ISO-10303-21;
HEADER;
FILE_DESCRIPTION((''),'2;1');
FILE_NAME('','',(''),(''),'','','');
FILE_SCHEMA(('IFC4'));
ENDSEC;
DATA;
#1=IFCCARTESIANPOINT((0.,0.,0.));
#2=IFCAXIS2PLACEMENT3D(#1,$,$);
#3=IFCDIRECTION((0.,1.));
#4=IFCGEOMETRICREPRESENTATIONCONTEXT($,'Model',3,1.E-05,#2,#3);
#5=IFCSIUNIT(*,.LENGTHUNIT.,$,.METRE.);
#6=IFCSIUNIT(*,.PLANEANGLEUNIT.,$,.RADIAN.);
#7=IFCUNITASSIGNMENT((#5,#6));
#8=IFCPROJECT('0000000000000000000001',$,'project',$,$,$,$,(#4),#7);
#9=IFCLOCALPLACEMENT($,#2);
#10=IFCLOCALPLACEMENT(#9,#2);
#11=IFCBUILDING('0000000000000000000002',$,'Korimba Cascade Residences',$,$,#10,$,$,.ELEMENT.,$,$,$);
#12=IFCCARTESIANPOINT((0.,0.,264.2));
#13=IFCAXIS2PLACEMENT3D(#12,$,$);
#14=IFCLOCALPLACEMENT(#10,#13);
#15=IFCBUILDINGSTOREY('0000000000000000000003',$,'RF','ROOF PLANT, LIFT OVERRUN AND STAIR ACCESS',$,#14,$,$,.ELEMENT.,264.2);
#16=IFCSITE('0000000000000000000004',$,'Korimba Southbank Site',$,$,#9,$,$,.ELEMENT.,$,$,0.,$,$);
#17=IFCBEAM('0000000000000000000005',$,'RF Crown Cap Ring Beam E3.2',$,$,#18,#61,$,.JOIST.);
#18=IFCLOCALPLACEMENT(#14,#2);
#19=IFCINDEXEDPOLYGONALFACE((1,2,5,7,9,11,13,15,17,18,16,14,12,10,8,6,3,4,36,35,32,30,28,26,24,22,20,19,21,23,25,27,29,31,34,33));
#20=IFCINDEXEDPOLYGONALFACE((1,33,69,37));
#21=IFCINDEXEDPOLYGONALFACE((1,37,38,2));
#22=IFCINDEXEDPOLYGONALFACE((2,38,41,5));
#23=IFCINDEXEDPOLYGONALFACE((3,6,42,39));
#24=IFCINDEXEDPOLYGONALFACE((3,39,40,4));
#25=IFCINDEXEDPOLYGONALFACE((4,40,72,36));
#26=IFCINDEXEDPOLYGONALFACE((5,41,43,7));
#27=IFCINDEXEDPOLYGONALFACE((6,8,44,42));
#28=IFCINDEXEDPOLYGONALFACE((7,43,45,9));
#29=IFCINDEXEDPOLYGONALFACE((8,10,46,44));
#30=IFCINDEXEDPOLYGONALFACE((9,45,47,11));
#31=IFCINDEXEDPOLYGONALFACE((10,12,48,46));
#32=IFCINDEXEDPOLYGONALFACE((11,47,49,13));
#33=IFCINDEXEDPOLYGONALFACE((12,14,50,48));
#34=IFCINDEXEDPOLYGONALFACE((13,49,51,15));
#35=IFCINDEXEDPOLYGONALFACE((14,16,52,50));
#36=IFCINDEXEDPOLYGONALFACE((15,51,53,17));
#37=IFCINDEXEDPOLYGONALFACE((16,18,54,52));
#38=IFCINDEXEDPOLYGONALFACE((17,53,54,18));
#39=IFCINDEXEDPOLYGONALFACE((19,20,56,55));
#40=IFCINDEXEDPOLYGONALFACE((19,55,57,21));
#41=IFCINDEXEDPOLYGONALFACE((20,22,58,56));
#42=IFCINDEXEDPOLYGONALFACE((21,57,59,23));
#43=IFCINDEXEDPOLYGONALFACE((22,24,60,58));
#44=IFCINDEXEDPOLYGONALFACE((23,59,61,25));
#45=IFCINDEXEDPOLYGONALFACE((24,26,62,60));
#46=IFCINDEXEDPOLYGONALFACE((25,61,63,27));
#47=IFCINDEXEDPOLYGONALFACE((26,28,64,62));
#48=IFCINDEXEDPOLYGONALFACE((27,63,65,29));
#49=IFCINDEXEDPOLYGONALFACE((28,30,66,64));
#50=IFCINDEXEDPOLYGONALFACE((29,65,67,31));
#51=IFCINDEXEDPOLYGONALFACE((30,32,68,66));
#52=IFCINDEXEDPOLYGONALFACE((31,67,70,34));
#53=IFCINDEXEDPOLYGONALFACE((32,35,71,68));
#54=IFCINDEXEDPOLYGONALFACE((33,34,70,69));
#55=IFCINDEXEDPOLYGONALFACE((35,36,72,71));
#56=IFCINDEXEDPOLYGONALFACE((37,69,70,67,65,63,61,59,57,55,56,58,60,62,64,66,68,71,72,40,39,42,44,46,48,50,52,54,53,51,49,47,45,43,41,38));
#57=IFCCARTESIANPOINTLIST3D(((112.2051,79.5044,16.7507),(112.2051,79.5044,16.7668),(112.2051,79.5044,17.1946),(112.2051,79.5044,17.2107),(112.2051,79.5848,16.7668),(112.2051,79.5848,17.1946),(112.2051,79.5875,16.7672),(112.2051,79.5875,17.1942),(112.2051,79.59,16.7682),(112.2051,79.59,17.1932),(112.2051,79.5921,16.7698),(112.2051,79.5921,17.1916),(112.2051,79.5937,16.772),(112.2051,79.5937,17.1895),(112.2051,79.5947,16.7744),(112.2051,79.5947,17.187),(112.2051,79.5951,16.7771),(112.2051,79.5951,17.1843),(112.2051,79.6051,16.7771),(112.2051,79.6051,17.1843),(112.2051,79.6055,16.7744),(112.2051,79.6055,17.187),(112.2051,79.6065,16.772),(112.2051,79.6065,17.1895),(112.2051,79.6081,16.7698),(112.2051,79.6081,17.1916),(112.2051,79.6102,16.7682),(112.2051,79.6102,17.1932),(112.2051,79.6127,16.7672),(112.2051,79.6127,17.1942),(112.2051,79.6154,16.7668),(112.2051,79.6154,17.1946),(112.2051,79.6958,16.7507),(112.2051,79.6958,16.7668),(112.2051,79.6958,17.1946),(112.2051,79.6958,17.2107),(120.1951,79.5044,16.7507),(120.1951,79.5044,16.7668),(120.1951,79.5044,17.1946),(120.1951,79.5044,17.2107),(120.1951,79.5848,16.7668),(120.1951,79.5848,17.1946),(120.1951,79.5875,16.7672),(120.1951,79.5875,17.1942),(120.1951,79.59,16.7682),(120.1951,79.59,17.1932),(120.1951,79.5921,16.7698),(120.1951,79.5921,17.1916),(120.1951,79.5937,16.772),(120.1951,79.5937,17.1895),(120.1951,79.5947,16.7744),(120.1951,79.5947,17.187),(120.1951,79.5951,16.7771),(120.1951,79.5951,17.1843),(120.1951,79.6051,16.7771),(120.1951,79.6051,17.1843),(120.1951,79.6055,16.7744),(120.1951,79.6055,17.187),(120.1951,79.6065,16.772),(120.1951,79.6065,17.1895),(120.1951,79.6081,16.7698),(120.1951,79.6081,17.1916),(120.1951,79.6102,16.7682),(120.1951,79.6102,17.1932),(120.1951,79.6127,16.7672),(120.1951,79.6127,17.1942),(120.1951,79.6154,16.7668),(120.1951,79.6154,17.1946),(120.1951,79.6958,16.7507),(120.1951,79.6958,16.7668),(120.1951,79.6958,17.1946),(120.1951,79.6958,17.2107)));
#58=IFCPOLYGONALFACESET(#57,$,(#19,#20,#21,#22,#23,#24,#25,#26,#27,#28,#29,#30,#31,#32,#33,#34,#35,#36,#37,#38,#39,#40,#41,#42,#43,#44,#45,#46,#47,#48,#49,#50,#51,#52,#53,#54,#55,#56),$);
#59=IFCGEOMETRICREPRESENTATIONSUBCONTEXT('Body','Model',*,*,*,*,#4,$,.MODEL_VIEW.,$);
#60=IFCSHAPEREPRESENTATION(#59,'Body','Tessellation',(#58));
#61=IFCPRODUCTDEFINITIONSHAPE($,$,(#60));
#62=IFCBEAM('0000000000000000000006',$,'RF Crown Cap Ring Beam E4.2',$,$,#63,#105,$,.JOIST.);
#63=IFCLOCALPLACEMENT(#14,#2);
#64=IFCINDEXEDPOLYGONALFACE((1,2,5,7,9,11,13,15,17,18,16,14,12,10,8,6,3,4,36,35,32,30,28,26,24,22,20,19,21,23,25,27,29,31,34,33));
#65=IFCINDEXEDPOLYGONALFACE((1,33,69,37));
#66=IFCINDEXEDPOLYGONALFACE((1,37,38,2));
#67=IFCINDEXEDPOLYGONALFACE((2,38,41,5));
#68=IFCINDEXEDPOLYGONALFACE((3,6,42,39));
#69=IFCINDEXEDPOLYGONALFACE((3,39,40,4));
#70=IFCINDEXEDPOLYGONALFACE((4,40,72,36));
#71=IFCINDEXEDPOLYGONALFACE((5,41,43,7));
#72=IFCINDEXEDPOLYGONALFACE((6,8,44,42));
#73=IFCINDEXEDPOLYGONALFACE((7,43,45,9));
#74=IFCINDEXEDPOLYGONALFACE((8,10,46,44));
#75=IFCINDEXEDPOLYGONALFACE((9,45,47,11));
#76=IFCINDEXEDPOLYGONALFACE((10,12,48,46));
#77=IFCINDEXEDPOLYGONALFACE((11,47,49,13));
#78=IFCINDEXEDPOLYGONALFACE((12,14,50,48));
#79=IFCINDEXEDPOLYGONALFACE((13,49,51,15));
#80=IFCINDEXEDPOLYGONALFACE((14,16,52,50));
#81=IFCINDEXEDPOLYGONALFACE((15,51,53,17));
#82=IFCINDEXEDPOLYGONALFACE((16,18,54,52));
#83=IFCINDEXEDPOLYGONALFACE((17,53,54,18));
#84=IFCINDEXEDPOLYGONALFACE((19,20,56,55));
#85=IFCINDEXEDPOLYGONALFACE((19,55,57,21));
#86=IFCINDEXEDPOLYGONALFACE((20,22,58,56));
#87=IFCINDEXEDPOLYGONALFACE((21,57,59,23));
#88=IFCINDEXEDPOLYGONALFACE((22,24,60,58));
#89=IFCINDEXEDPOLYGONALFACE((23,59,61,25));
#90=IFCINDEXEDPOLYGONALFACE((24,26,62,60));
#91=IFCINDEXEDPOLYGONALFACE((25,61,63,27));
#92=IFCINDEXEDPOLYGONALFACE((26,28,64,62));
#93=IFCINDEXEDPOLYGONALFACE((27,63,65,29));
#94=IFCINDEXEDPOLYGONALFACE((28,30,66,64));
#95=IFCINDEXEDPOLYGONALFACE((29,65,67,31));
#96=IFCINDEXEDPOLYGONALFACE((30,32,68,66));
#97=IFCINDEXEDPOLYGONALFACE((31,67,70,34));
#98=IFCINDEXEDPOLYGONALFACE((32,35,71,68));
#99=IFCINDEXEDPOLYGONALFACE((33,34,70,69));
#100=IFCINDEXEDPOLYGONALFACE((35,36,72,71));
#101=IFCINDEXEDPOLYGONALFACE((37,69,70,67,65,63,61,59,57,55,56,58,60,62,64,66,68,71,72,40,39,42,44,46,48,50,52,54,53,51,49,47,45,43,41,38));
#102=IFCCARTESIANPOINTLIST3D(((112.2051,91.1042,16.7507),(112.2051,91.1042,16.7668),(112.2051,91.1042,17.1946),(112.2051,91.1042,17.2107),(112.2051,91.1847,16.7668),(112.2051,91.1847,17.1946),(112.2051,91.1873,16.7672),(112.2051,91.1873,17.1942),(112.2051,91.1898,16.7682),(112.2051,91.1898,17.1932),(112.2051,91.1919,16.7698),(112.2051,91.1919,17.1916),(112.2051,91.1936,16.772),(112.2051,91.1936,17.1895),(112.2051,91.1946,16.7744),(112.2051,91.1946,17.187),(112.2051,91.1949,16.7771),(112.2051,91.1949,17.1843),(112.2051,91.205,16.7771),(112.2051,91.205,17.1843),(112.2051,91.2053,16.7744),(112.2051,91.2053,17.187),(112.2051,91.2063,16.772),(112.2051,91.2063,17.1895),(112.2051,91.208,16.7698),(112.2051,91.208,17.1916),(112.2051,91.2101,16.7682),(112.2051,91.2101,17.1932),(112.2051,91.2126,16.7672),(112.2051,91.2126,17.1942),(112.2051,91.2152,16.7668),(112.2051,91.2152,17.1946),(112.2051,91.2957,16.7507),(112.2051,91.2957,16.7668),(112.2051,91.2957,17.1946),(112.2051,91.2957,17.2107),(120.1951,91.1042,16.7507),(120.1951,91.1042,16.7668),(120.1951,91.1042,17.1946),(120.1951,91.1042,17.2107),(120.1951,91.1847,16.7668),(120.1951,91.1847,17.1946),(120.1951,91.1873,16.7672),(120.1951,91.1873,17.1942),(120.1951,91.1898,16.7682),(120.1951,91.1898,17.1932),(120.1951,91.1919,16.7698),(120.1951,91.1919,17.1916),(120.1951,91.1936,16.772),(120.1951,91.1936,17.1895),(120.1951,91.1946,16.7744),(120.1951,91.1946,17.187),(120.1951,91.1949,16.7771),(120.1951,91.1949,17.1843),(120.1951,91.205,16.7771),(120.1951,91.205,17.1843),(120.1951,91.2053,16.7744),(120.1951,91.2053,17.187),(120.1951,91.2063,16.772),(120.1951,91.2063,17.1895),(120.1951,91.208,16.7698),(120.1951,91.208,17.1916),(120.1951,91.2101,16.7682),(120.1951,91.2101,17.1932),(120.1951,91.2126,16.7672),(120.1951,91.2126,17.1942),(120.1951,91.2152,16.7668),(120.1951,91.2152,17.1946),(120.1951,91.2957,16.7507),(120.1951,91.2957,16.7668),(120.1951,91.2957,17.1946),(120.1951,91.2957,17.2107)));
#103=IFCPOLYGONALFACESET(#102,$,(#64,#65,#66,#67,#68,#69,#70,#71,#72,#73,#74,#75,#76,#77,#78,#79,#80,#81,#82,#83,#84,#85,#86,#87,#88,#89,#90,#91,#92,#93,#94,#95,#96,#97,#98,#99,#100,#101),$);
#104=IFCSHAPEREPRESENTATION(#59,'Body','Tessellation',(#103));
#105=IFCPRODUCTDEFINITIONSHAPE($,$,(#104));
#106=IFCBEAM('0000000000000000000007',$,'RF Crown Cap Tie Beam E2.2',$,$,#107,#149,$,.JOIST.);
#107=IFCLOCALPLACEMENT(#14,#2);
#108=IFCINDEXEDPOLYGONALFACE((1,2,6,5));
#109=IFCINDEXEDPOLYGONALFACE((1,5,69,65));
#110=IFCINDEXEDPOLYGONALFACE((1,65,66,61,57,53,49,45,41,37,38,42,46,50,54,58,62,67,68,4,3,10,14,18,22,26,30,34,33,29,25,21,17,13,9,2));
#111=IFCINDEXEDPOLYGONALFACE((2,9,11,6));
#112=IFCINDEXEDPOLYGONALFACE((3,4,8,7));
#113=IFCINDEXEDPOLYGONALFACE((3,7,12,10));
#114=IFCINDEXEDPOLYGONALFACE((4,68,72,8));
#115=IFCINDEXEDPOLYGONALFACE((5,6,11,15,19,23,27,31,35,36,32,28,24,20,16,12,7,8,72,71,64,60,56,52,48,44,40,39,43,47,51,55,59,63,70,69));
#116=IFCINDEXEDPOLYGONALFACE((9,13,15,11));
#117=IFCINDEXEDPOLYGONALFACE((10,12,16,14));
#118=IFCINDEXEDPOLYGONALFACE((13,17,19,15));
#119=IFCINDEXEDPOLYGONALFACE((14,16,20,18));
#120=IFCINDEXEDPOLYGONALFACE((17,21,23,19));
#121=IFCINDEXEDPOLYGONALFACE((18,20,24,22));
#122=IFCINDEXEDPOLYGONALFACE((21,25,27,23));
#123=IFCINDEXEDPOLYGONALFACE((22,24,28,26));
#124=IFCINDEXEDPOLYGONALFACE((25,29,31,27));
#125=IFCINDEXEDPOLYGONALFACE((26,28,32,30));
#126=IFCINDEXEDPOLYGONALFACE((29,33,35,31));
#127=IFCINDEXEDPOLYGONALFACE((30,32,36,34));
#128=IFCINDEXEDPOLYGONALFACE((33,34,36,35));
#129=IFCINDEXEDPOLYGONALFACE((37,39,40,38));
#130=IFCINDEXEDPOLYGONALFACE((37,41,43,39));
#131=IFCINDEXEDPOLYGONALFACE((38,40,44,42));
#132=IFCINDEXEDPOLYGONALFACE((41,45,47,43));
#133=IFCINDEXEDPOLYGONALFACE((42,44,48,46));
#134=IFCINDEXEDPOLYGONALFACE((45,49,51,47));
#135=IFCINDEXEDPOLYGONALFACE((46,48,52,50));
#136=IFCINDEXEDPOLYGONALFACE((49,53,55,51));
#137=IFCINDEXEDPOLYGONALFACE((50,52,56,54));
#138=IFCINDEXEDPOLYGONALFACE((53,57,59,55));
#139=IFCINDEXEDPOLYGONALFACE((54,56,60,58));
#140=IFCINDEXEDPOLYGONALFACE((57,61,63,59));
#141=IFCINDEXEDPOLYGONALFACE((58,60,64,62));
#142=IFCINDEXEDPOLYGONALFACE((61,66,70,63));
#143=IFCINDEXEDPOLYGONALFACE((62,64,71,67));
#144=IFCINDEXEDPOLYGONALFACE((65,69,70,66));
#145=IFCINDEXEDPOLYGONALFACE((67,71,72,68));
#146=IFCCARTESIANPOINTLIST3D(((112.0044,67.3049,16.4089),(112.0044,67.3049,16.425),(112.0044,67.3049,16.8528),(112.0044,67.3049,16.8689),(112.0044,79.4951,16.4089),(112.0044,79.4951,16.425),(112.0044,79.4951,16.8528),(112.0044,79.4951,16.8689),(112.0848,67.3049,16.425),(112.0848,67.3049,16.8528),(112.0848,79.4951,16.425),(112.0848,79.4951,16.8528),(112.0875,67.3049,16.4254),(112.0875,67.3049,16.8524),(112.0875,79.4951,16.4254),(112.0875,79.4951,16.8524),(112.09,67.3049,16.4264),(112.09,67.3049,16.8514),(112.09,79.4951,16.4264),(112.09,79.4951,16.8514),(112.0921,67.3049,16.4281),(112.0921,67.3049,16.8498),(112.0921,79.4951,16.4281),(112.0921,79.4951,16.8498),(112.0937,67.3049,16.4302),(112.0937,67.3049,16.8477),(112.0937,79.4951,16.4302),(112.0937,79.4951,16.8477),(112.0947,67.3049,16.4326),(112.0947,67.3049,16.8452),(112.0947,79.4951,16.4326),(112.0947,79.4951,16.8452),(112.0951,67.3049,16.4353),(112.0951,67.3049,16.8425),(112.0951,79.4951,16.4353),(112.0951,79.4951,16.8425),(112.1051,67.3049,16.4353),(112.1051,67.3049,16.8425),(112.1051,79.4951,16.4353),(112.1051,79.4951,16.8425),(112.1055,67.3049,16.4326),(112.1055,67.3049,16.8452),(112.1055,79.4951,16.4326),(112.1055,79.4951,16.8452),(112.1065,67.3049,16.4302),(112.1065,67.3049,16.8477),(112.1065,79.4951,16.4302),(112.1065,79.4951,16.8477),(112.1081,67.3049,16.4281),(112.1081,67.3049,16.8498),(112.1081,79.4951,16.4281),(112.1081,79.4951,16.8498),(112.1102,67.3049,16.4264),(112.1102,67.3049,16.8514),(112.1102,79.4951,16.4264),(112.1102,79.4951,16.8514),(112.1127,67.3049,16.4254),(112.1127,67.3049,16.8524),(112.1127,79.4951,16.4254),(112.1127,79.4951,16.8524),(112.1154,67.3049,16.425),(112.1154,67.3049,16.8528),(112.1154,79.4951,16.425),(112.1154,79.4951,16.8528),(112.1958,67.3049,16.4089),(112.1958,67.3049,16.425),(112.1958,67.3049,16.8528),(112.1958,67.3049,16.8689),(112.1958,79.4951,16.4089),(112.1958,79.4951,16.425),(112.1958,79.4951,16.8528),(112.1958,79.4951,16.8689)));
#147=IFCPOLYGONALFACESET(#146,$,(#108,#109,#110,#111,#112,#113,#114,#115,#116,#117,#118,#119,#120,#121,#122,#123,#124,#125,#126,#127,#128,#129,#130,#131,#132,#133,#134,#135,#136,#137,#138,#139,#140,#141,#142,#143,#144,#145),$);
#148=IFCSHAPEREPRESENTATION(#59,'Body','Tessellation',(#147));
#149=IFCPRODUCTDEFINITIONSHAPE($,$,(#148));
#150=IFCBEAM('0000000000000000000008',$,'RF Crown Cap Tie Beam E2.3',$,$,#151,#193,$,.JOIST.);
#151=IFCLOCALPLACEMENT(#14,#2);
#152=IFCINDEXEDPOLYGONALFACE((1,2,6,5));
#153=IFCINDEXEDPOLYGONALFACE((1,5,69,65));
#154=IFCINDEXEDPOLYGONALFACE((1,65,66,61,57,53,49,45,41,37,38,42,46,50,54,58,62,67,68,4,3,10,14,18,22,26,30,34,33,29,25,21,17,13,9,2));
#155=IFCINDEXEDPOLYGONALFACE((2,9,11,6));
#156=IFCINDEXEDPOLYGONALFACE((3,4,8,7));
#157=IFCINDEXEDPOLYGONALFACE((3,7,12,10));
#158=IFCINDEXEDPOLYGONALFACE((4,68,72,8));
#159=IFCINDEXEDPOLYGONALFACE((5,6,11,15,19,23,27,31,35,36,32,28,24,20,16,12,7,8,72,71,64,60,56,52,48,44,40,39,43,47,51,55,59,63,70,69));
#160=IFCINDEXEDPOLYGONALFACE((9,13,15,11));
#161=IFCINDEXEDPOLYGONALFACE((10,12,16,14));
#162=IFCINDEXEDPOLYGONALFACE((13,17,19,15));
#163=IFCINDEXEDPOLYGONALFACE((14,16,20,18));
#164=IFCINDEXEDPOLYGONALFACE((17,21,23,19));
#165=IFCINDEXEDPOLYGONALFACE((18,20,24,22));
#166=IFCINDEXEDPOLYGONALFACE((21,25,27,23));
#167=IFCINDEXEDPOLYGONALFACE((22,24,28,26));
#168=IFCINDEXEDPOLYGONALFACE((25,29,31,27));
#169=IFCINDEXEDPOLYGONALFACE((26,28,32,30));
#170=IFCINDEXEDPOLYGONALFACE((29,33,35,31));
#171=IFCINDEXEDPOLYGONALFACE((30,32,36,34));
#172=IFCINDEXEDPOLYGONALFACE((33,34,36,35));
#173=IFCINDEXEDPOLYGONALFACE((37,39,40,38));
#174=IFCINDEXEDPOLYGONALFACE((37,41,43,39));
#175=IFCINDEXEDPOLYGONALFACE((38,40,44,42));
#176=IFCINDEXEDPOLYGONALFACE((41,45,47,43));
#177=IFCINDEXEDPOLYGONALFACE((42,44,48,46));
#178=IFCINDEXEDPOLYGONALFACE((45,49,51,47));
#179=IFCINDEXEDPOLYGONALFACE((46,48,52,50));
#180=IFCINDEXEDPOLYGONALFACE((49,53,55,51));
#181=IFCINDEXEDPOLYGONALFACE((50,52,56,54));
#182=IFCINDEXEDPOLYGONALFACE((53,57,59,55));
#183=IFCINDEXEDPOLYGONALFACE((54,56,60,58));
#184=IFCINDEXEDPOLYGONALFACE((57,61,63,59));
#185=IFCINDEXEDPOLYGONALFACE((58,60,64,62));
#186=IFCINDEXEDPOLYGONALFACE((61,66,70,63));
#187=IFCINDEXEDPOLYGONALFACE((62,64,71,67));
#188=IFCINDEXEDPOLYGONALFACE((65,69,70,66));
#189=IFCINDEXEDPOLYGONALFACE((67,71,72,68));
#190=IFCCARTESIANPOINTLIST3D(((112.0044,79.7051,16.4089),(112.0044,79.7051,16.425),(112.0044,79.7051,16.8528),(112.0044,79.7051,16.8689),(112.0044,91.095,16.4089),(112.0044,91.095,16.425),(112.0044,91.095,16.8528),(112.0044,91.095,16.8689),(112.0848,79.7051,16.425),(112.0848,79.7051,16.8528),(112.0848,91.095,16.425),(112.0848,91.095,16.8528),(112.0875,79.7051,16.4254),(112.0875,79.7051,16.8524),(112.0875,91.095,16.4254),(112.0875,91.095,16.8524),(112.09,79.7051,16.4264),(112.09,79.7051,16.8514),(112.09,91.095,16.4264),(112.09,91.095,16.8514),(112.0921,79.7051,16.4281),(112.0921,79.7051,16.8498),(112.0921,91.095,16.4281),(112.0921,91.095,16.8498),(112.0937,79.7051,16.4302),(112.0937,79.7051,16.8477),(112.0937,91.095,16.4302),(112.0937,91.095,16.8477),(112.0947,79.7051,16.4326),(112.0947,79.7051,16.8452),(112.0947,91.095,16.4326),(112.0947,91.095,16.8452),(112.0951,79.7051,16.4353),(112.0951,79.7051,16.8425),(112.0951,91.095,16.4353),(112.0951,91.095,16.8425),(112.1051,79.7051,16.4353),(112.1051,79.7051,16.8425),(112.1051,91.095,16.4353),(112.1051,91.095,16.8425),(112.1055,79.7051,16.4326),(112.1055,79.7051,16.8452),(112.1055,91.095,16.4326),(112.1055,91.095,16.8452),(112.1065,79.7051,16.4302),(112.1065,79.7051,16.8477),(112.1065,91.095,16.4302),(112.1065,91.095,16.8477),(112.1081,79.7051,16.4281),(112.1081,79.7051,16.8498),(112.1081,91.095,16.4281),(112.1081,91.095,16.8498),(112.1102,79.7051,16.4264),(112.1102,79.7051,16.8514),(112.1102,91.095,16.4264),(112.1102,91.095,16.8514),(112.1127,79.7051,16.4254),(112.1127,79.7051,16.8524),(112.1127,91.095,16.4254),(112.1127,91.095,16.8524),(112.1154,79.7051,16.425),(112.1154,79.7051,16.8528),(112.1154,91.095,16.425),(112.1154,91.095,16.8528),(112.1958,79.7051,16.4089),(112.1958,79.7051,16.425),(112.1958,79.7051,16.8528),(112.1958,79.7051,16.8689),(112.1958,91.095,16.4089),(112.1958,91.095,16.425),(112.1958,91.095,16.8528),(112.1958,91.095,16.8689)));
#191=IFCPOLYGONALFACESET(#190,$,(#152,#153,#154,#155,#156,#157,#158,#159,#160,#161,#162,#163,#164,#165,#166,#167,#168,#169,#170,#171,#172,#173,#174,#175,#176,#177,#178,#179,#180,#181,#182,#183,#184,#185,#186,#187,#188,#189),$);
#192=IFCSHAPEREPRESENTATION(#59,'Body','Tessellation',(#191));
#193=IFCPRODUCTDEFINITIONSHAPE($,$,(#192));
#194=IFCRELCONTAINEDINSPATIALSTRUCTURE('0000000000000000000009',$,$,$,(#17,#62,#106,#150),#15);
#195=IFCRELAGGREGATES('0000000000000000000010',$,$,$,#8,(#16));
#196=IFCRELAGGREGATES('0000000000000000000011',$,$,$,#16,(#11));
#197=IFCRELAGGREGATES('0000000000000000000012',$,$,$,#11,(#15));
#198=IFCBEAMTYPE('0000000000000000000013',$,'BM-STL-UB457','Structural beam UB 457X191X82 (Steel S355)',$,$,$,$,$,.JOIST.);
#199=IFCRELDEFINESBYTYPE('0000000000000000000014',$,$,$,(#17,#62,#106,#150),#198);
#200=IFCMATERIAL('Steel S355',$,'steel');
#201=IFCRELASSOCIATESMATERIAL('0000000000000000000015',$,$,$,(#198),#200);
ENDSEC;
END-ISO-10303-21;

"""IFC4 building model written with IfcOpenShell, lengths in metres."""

from ifc_helpers import new_model, si_unit, direction, frame, origin, origin_2d, place, context, subcontext, project, spatial, i_section, extrude, material, material_profile, profile_set, type_object, element, save


model = new_model("IFC4")

# Units and contexts
model_context = context("Model", 3, precision=1e-05, world=origin(), true_north=direction((0.0, 1.0)))
body_context = subcontext(model_context, "Body", "Model", "MODEL_VIEW")
ifc_project = project(units=[si_unit("LENGTHUNIT", "METRE"), si_unit("PLANEANGLEUNIT", "RADIAN")], contexts=[model_context])

# Site, building, storey
site_placement = place(None, origin())
site = spatial("IfcSite", under=ifc_project, at=site_placement, Name="Korimba Southbank Site", CompositionType="ELEMENT", RefElevation=0.0)
building_placement = place(site_placement, origin())
building = spatial("IfcBuilding", under=site, at=building_placement, Name="Korimba Cascade Residences", CompositionType="ELEMENT")
storey_placement = place(building_placement, frame((0.0, 0.0, 264.2)))
storey = spatial("IfcBuildingStorey", under=building, at=storey_placement, Name="RF", Description="ROOF PLANT, LIFT OVERRUN AND STAIR ACCESS", CompositionType="ELEMENT", Elevation=264.2)

# Shared definitions
ifc_material_1 = material(Name="Steel S355", Category="steel")

# Beams
ifc_material_profile_1 = material_profile(ifc_material_1, i_section(OverallWidth=0.1914, OverallDepth=0.46, WebThickness=0.01, FlangeThickness=0.0161, FilletRadius=0.0103, at=origin_2d()), Name="Steel S355")
ifc_profile_set_1 = profile_set([ifc_material_profile_1], Name="Steel S355")
beam_type_1 = type_object("IfcBeamType", Name="BM-STL-UB457", Description="Structural beam UB 457X191X82 (Steel S355)", PredefinedType="JOIST", material=ifc_profile_set_1)
for number, where, z_axis, x_axis, name in (
    (1, (112.2051, 79.6001, 16.9807), (1.0, 0.0, 0.0), (0.0, 1.0, 0.0), "RF Crown Cap Ring Beam E3.2"),
    (2, (112.2051, 91.2, 16.9807), (1.0, 0.0, 0.0), (0.0, 1.0, 0.0), "RF Crown Cap Ring Beam E4.2"),
):
    element("IfcBeam", number, at=place(storey_placement, frame(where, z_axis=z_axis, x_axis=x_axis)), inside=storey, type_object=beam_type_1, Name=name, PredefinedType="JOIST", context=body_context, shape_type="SweptSolid", body=[
        extrude(i_section(OverallWidth=0.1914, OverallDepth=0.46, WebThickness=0.01, FlangeThickness=0.0161, FilletRadius=0.0103, at=origin_2d()), origin(), (0.0, 0.0, 1.0), 7.99),
    ])
beam_1_placement = place(storey_placement, frame((112.1001, 67.3049, 16.6389), z_axis=(0.0, 1.0, 0.0), x_axis=(-1.0, 0.0, 0.0)))
element("IfcBeam", 3, at=beam_1_placement, inside=storey, type_object=beam_type_1, Name="RF Crown Cap Tie Beam E2.2", PredefinedType="JOIST", context=body_context, shape_type="SweptSolid", body=[
    extrude(i_section(OverallWidth=0.1914, OverallDepth=0.46, WebThickness=0.01, FlangeThickness=0.0161, FilletRadius=0.0103, at=origin_2d()), origin(), (0.0, 0.0, 1.0), 12.1902),
])
beam_2_placement = place(storey_placement, frame((112.1001, 79.7051, 16.6389), z_axis=(0.0, 1.0, 0.0), x_axis=(-1.0, 0.0, 0.0)))
element("IfcBeam", 4, at=beam_2_placement, inside=storey, type_object=beam_type_1, Name="RF Crown Cap Tie Beam E2.3", PredefinedType="JOIST", context=body_context, shape_type="SweptSolid", body=[
    extrude(i_section(OverallWidth=0.1914, OverallDepth=0.46, WebThickness=0.01, FlangeThickness=0.0161, FilletRadius=0.0103, at=origin_2d()), origin(), (0.0, 0.0, 1.0), 11.3899),
])

save(model, "model.ifc")
